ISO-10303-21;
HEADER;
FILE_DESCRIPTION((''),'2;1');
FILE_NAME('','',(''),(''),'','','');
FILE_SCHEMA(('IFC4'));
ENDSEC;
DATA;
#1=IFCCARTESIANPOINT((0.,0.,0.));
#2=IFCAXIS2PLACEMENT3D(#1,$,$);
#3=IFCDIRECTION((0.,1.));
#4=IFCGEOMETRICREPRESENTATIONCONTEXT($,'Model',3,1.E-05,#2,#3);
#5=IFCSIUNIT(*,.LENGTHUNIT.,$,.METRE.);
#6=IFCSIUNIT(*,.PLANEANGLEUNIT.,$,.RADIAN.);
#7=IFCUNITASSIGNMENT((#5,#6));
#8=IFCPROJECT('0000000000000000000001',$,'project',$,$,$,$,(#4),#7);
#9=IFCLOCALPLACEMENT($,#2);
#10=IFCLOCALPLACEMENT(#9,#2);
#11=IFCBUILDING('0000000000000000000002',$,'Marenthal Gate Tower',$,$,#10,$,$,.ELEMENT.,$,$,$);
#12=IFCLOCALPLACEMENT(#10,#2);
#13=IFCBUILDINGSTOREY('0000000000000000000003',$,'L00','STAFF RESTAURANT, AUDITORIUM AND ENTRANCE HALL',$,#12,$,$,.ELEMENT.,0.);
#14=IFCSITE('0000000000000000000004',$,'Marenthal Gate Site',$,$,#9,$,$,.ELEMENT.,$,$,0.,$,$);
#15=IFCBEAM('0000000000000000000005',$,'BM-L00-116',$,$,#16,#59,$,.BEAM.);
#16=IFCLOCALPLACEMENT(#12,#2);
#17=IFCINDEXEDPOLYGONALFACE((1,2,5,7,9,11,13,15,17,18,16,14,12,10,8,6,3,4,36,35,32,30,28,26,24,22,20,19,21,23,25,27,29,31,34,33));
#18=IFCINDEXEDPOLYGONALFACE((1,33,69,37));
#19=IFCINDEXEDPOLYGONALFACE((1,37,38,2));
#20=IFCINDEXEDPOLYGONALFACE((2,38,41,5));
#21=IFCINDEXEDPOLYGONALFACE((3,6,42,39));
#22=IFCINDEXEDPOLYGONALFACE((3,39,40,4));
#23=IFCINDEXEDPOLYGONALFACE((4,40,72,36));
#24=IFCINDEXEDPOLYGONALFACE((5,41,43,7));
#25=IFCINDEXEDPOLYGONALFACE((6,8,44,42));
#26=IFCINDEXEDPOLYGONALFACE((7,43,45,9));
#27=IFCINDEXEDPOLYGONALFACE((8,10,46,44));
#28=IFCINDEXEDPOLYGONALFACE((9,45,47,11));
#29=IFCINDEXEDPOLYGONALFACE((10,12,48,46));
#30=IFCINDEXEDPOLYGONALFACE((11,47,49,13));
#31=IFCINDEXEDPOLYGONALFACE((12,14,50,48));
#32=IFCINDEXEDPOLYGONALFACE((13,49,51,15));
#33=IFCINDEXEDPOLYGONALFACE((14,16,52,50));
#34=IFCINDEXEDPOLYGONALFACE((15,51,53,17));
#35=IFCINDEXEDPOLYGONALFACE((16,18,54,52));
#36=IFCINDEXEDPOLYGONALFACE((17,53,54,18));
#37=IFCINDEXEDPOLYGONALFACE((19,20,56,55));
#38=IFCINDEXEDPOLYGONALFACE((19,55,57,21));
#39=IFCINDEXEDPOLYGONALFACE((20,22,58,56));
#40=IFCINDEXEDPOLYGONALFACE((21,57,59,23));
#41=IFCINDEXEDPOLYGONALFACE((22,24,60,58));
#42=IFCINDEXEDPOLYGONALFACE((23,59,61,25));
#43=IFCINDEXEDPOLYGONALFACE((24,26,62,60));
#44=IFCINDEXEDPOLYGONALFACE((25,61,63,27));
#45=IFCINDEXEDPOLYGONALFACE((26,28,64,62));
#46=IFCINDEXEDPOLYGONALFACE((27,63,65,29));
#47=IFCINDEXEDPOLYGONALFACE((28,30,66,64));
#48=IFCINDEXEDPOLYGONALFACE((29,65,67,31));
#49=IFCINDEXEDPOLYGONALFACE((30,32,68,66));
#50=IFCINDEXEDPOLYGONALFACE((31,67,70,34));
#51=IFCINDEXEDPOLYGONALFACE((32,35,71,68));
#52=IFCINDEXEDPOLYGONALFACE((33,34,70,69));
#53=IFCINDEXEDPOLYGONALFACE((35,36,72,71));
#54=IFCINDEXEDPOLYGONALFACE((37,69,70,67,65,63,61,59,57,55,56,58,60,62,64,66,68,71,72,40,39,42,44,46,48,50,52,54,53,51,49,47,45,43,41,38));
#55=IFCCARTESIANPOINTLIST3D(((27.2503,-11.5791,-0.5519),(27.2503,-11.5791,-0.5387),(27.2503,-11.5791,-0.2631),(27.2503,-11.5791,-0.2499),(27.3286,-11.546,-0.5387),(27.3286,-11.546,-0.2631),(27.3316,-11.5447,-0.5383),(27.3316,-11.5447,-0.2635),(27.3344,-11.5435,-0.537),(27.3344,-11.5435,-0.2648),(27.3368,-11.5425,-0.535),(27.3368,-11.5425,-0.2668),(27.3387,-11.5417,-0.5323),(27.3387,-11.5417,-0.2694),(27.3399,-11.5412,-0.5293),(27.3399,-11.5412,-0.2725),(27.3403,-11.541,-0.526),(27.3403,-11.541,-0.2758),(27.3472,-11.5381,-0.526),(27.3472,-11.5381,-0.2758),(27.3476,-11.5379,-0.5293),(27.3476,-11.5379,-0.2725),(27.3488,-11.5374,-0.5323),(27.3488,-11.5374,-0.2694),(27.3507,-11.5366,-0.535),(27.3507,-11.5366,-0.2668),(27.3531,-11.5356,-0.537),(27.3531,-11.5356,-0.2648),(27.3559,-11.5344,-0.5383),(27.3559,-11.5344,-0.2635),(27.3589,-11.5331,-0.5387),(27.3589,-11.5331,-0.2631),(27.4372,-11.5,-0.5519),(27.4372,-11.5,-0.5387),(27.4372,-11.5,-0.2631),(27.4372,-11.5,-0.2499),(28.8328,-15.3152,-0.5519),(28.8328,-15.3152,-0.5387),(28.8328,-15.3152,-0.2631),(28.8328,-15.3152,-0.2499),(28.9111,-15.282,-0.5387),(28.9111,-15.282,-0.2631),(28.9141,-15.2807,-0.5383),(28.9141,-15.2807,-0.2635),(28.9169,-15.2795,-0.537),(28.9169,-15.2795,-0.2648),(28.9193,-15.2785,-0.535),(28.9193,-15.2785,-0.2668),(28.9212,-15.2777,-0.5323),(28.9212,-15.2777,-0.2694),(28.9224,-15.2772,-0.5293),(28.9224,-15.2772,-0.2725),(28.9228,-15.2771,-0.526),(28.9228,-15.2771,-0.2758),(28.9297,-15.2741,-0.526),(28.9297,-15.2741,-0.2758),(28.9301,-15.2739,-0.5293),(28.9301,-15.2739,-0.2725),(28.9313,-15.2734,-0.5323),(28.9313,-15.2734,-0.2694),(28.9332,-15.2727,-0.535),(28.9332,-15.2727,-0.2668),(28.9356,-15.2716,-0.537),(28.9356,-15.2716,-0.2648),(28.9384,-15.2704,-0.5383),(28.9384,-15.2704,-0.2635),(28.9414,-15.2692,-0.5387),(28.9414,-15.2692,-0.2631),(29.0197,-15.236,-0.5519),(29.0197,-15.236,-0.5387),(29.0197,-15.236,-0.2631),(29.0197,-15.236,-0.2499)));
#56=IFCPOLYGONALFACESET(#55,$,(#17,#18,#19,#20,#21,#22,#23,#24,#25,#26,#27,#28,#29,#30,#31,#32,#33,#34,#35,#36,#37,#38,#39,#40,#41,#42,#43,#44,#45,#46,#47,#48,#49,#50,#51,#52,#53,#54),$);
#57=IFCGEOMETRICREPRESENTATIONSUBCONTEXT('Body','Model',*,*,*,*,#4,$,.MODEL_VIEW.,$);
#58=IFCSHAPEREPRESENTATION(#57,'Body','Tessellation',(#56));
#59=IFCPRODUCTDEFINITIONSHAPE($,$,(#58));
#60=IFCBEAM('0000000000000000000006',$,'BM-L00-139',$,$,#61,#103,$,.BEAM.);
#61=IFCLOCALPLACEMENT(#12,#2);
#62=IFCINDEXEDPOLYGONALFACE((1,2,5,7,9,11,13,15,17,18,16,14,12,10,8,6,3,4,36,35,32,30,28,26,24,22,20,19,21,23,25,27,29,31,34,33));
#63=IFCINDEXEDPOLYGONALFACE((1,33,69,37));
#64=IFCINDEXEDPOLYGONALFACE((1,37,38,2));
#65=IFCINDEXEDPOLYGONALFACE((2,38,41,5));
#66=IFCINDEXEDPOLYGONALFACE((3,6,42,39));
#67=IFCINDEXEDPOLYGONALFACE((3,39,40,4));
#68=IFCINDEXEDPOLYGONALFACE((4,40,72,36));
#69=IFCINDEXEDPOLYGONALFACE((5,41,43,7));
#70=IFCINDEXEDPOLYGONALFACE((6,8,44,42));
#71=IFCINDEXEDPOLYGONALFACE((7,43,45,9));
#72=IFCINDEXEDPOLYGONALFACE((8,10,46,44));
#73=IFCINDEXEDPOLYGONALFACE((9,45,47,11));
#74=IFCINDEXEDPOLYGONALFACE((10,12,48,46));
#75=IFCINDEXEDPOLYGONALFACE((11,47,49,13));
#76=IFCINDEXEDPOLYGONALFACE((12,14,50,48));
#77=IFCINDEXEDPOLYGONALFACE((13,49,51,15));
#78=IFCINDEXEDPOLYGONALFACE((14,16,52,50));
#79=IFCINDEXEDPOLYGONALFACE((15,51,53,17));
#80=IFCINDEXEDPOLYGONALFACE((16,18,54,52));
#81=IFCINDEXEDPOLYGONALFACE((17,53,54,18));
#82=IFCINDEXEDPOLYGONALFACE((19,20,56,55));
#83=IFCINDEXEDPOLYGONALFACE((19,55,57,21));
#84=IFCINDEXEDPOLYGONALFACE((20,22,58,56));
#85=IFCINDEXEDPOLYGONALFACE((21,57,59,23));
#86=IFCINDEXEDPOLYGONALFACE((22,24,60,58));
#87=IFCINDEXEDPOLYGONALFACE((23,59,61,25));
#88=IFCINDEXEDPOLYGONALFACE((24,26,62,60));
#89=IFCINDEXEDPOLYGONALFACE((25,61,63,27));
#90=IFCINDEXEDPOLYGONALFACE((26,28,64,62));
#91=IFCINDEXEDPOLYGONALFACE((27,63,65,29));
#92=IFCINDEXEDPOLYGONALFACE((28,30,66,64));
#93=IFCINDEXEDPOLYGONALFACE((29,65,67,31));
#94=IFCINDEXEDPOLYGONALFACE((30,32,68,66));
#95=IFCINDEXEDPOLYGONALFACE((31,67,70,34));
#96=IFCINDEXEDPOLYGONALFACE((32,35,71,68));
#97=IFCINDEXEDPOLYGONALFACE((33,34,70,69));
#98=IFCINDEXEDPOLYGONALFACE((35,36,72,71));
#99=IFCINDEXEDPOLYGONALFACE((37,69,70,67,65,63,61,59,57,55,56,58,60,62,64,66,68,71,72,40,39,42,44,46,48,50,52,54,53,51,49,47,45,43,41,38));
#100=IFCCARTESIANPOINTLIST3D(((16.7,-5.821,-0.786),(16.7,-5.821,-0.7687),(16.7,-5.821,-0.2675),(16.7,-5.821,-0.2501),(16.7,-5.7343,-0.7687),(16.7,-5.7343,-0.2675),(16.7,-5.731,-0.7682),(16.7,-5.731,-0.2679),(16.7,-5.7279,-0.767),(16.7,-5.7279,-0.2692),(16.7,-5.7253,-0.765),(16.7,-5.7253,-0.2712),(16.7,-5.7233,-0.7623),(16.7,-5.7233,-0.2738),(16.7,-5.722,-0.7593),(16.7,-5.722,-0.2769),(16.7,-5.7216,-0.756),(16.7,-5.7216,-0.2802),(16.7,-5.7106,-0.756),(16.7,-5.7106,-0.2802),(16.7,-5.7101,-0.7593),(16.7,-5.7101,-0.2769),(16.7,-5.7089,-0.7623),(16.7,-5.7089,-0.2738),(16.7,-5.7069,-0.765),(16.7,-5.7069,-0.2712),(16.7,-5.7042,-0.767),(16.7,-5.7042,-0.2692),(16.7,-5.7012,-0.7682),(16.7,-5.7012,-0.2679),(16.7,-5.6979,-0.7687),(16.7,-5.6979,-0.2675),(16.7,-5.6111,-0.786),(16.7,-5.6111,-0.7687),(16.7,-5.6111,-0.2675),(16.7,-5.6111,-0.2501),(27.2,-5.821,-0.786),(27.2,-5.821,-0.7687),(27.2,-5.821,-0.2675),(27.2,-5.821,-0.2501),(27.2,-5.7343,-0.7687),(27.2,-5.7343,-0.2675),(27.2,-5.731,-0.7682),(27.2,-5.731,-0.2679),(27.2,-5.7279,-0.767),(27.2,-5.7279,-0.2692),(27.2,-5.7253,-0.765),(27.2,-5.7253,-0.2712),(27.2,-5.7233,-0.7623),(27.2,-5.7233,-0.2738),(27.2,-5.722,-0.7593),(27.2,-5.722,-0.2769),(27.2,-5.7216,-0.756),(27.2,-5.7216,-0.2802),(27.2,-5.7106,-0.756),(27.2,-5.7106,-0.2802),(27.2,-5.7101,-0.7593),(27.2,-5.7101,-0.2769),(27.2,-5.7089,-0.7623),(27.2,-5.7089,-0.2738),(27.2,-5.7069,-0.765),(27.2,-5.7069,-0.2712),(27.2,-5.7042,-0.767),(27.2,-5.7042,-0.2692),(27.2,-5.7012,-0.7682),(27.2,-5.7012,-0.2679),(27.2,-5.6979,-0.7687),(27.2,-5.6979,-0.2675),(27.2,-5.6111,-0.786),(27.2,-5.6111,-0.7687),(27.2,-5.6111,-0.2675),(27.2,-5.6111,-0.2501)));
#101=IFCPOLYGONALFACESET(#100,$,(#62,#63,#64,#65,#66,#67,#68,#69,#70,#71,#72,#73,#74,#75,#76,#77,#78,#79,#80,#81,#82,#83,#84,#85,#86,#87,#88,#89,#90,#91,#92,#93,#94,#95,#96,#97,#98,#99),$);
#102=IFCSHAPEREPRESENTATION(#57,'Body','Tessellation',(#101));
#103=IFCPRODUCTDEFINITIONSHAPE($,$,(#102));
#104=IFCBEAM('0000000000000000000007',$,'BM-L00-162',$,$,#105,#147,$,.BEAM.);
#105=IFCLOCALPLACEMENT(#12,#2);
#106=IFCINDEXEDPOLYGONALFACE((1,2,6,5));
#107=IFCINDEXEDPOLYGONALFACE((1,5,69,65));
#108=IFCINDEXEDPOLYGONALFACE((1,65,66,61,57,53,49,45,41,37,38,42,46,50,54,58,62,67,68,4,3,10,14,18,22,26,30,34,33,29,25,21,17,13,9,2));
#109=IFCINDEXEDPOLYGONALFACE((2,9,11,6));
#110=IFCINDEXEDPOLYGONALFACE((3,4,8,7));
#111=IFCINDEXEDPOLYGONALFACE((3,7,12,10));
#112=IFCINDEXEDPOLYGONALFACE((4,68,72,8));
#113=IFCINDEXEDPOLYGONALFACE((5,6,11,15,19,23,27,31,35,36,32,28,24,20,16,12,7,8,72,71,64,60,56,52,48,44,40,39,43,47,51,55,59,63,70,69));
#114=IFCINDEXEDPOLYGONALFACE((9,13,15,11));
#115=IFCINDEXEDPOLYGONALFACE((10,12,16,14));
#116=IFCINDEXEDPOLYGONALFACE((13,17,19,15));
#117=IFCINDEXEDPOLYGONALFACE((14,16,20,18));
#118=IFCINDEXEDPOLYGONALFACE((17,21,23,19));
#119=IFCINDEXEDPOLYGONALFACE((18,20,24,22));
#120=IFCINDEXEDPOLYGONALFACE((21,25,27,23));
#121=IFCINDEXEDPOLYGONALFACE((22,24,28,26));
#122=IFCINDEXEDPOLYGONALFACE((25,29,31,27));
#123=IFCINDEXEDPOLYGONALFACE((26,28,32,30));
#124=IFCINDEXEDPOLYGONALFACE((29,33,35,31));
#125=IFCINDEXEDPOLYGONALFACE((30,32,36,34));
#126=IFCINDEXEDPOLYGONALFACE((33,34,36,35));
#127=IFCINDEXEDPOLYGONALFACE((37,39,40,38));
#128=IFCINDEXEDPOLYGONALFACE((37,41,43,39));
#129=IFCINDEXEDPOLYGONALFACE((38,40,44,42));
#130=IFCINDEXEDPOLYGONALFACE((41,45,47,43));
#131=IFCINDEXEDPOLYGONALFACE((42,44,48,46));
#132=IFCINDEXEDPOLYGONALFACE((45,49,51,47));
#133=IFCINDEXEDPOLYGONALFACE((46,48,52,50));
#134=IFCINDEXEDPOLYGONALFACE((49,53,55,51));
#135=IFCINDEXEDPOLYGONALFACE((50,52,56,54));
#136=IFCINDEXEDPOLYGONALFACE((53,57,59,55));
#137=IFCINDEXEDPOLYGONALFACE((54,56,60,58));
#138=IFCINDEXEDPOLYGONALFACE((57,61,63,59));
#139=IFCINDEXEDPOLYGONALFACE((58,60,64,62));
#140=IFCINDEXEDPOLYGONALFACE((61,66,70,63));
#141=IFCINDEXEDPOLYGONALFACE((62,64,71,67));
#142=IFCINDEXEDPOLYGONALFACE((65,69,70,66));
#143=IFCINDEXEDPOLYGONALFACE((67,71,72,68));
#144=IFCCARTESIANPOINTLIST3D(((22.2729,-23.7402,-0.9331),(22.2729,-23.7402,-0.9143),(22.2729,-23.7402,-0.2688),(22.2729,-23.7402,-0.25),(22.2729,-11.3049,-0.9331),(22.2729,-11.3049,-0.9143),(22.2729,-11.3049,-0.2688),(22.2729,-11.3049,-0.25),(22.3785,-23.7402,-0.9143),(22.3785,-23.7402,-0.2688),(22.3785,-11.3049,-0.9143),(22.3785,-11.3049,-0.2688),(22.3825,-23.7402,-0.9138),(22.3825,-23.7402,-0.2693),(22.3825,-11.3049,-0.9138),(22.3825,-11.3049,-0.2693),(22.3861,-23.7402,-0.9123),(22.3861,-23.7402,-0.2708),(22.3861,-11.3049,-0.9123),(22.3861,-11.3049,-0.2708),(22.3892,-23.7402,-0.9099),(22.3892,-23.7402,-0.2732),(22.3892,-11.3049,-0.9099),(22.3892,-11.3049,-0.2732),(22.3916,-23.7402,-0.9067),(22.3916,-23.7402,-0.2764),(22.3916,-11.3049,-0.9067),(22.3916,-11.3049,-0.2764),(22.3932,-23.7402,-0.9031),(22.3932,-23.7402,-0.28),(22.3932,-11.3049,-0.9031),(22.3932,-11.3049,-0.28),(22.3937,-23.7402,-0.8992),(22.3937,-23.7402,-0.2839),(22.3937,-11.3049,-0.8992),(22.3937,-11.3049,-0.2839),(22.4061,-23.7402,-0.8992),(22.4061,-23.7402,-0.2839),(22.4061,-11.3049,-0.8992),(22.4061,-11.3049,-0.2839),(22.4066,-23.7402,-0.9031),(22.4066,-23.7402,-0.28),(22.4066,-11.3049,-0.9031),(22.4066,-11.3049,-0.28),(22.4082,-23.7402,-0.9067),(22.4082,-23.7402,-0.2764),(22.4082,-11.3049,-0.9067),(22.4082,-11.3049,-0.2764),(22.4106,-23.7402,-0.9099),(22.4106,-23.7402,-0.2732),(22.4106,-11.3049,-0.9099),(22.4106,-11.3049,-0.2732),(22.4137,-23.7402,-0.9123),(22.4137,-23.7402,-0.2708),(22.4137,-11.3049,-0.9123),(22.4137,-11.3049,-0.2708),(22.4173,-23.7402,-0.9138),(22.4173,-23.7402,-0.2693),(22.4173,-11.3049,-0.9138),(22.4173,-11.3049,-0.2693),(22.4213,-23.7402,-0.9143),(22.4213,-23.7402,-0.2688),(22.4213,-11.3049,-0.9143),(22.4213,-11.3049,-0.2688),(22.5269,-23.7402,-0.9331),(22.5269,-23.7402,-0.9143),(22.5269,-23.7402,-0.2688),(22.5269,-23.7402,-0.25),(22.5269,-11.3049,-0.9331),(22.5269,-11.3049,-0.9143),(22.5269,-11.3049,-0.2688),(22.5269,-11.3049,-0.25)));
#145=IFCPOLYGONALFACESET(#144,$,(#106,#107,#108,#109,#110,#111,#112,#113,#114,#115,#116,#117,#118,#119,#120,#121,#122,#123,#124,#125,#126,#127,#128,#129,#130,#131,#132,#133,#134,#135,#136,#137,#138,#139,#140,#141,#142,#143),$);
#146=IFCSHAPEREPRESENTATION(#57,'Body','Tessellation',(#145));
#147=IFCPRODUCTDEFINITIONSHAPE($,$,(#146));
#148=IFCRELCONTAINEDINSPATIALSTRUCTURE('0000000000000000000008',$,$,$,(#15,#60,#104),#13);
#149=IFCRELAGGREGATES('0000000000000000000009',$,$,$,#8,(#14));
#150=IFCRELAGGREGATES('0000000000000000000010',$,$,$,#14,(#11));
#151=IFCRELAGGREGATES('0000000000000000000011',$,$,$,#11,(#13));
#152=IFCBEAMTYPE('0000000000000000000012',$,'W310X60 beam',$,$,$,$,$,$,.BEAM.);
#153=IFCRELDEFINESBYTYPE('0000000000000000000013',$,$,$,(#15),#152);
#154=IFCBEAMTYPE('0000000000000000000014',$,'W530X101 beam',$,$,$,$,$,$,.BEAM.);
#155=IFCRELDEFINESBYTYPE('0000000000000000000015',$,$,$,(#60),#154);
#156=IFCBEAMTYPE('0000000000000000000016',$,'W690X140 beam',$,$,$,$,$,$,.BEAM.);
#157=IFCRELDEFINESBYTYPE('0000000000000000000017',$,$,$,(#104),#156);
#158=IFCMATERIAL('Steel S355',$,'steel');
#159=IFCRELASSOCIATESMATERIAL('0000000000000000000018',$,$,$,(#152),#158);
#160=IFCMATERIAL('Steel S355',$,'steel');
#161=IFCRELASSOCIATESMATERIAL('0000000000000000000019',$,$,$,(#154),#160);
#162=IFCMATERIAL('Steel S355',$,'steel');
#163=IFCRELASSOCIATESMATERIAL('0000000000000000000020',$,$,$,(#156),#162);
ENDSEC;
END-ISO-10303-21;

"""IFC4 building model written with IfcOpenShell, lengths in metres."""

from ifc_helpers import new_model, si_unit, direction, frame, origin, origin_2d, place, context, subcontext, project, spatial, i_section, extrude, material, material_profile, profile_set, type_object, element, save


model = new_model("IFC4")

# Units and contexts
model_context = context("Model", 3, precision=1e-05, world=origin(), true_north=direction((0.0, 1.0)))
body_context = subcontext(model_context, "Body", "Model", "MODEL_VIEW")
ifc_project = project(units=[si_unit("LENGTHUNIT", "METRE"), si_unit("PLANEANGLEUNIT", "RADIAN")], contexts=[model_context])

# Site, building, storey
site_placement = place(None, origin())
site = spatial("IfcSite", under=ifc_project, at=site_placement, Name="Marenthal Gate Site", CompositionType="ELEMENT", RefElevation=0.0)
building_placement = place(site_placement, origin())
building = spatial("IfcBuilding", under=site, at=building_placement, Name="Marenthal Gate Tower", CompositionType="ELEMENT")
storey_placement = place(building_placement, origin())
storey = spatial("IfcBuildingStorey", under=building, at=storey_placement, Name="L00", Description="STAFF RESTAURANT, AUDITORIUM AND ENTRANCE HALL", CompositionType="ELEMENT", Elevation=0.0)

# Beams
ifc_material_1 = material(Name="Steel S355", Category="steel")
ifc_material_profile_1 = material_profile(ifc_material_1, i_section(OverallWidth=0.2029, OverallDepth=0.302, WebThickness=0.0076, FlangeThickness=0.0132, FilletRadius=0.0127, at=origin_2d()), Name="W310X60")
ifc_profile_set_1 = profile_set([ifc_material_profile_1], Name="Steel S355")
beam_type_1 = type_object("IfcBeamType", Name="W310X60 beam", PredefinedType="BEAM", material=ifc_profile_set_1)
beam_1_placement = place(storey_placement, frame((27.3438, -11.5396, -0.4009), z_axis=(0.390031, -0.920802, 0.0), x_axis=(0.920802, 0.390031, 0.0)))
element("IfcBeam", 1, at=beam_1_placement, inside=storey, type_object=beam_type_1, Name="BM-L00-116", PredefinedType="BEAM", context=body_context, shape_type="SweptSolid", body=[
    extrude(i_section(OverallWidth=0.2029, OverallDepth=0.302, WebThickness=0.0076, FlangeThickness=0.0132, FilletRadius=0.0127, at=origin_2d()), origin(), (0.0, 0.0, 1.0), 4.0574),
])
ifc_material_2 = material(Name="Steel S355", Category="steel")
ifc_material_profile_2 = material_profile(ifc_material_2, i_section(OverallWidth=0.21, OverallDepth=0.5359, WebThickness=0.011, FlangeThickness=0.0173, FilletRadius=0.0127, at=origin_2d()), Name="W530X101")
ifc_profile_set_2 = profile_set([ifc_material_profile_2], Name="Steel S355")
beam_type_2 = type_object("IfcBeamType", Name="W530X101 beam", PredefinedType="BEAM", material=ifc_profile_set_2)
beam_2_placement = place(storey_placement, frame((16.7, -5.7161, -0.5181), z_axis=(1.0, 0.0, 0.0), x_axis=(0.0, 1.0, 0.0)))
element("IfcBeam", 2, at=beam_2_placement, inside=storey, type_object=beam_type_2, Name="BM-L00-139", PredefinedType="BEAM", context=body_context, shape_type="SweptSolid", body=[
    extrude(i_section(OverallWidth=0.21, OverallDepth=0.5359, WebThickness=0.011, FlangeThickness=0.0173, FilletRadius=0.0127, at=origin_2d()), origin(), (0.0, 0.0, 1.0), 10.5),
])
ifc_material_3 = material(Name="Steel S355", Category="steel")
ifc_material_profile_3 = material_profile(ifc_material_3, i_section(OverallWidth=0.2539, OverallDepth=0.6831, WebThickness=0.0125, FlangeThickness=0.0188, FilletRadius=0.0151, at=origin_2d()), Name="W690X140")
ifc_profile_set_3 = profile_set([ifc_material_profile_3], Name="Steel S355")
beam_type_3 = type_object("IfcBeamType", Name="W690X140 beam", PredefinedType="BEAM", material=ifc_profile_set_3)
beam_3_placement = place(storey_placement, frame((22.3999, -11.3049, -0.5916), z_axis=(0.0, -1.0, 0.0), x_axis=(1.0, 0.0, 0.0)))
element("IfcBeam", 3, at=beam_3_placement, inside=storey, type_object=beam_type_3, Name="BM-L00-162", PredefinedType="BEAM", context=body_context, shape_type="SweptSolid", body=[
    extrude(i_section(OverallWidth=0.2539, OverallDepth=0.6831, WebThickness=0.0125, FlangeThickness=0.0188, FilletRadius=0.0151, at=origin_2d()), origin(), (0.0, 0.0, 1.0), 12.4353),
])

save(model, "model.ifc")
